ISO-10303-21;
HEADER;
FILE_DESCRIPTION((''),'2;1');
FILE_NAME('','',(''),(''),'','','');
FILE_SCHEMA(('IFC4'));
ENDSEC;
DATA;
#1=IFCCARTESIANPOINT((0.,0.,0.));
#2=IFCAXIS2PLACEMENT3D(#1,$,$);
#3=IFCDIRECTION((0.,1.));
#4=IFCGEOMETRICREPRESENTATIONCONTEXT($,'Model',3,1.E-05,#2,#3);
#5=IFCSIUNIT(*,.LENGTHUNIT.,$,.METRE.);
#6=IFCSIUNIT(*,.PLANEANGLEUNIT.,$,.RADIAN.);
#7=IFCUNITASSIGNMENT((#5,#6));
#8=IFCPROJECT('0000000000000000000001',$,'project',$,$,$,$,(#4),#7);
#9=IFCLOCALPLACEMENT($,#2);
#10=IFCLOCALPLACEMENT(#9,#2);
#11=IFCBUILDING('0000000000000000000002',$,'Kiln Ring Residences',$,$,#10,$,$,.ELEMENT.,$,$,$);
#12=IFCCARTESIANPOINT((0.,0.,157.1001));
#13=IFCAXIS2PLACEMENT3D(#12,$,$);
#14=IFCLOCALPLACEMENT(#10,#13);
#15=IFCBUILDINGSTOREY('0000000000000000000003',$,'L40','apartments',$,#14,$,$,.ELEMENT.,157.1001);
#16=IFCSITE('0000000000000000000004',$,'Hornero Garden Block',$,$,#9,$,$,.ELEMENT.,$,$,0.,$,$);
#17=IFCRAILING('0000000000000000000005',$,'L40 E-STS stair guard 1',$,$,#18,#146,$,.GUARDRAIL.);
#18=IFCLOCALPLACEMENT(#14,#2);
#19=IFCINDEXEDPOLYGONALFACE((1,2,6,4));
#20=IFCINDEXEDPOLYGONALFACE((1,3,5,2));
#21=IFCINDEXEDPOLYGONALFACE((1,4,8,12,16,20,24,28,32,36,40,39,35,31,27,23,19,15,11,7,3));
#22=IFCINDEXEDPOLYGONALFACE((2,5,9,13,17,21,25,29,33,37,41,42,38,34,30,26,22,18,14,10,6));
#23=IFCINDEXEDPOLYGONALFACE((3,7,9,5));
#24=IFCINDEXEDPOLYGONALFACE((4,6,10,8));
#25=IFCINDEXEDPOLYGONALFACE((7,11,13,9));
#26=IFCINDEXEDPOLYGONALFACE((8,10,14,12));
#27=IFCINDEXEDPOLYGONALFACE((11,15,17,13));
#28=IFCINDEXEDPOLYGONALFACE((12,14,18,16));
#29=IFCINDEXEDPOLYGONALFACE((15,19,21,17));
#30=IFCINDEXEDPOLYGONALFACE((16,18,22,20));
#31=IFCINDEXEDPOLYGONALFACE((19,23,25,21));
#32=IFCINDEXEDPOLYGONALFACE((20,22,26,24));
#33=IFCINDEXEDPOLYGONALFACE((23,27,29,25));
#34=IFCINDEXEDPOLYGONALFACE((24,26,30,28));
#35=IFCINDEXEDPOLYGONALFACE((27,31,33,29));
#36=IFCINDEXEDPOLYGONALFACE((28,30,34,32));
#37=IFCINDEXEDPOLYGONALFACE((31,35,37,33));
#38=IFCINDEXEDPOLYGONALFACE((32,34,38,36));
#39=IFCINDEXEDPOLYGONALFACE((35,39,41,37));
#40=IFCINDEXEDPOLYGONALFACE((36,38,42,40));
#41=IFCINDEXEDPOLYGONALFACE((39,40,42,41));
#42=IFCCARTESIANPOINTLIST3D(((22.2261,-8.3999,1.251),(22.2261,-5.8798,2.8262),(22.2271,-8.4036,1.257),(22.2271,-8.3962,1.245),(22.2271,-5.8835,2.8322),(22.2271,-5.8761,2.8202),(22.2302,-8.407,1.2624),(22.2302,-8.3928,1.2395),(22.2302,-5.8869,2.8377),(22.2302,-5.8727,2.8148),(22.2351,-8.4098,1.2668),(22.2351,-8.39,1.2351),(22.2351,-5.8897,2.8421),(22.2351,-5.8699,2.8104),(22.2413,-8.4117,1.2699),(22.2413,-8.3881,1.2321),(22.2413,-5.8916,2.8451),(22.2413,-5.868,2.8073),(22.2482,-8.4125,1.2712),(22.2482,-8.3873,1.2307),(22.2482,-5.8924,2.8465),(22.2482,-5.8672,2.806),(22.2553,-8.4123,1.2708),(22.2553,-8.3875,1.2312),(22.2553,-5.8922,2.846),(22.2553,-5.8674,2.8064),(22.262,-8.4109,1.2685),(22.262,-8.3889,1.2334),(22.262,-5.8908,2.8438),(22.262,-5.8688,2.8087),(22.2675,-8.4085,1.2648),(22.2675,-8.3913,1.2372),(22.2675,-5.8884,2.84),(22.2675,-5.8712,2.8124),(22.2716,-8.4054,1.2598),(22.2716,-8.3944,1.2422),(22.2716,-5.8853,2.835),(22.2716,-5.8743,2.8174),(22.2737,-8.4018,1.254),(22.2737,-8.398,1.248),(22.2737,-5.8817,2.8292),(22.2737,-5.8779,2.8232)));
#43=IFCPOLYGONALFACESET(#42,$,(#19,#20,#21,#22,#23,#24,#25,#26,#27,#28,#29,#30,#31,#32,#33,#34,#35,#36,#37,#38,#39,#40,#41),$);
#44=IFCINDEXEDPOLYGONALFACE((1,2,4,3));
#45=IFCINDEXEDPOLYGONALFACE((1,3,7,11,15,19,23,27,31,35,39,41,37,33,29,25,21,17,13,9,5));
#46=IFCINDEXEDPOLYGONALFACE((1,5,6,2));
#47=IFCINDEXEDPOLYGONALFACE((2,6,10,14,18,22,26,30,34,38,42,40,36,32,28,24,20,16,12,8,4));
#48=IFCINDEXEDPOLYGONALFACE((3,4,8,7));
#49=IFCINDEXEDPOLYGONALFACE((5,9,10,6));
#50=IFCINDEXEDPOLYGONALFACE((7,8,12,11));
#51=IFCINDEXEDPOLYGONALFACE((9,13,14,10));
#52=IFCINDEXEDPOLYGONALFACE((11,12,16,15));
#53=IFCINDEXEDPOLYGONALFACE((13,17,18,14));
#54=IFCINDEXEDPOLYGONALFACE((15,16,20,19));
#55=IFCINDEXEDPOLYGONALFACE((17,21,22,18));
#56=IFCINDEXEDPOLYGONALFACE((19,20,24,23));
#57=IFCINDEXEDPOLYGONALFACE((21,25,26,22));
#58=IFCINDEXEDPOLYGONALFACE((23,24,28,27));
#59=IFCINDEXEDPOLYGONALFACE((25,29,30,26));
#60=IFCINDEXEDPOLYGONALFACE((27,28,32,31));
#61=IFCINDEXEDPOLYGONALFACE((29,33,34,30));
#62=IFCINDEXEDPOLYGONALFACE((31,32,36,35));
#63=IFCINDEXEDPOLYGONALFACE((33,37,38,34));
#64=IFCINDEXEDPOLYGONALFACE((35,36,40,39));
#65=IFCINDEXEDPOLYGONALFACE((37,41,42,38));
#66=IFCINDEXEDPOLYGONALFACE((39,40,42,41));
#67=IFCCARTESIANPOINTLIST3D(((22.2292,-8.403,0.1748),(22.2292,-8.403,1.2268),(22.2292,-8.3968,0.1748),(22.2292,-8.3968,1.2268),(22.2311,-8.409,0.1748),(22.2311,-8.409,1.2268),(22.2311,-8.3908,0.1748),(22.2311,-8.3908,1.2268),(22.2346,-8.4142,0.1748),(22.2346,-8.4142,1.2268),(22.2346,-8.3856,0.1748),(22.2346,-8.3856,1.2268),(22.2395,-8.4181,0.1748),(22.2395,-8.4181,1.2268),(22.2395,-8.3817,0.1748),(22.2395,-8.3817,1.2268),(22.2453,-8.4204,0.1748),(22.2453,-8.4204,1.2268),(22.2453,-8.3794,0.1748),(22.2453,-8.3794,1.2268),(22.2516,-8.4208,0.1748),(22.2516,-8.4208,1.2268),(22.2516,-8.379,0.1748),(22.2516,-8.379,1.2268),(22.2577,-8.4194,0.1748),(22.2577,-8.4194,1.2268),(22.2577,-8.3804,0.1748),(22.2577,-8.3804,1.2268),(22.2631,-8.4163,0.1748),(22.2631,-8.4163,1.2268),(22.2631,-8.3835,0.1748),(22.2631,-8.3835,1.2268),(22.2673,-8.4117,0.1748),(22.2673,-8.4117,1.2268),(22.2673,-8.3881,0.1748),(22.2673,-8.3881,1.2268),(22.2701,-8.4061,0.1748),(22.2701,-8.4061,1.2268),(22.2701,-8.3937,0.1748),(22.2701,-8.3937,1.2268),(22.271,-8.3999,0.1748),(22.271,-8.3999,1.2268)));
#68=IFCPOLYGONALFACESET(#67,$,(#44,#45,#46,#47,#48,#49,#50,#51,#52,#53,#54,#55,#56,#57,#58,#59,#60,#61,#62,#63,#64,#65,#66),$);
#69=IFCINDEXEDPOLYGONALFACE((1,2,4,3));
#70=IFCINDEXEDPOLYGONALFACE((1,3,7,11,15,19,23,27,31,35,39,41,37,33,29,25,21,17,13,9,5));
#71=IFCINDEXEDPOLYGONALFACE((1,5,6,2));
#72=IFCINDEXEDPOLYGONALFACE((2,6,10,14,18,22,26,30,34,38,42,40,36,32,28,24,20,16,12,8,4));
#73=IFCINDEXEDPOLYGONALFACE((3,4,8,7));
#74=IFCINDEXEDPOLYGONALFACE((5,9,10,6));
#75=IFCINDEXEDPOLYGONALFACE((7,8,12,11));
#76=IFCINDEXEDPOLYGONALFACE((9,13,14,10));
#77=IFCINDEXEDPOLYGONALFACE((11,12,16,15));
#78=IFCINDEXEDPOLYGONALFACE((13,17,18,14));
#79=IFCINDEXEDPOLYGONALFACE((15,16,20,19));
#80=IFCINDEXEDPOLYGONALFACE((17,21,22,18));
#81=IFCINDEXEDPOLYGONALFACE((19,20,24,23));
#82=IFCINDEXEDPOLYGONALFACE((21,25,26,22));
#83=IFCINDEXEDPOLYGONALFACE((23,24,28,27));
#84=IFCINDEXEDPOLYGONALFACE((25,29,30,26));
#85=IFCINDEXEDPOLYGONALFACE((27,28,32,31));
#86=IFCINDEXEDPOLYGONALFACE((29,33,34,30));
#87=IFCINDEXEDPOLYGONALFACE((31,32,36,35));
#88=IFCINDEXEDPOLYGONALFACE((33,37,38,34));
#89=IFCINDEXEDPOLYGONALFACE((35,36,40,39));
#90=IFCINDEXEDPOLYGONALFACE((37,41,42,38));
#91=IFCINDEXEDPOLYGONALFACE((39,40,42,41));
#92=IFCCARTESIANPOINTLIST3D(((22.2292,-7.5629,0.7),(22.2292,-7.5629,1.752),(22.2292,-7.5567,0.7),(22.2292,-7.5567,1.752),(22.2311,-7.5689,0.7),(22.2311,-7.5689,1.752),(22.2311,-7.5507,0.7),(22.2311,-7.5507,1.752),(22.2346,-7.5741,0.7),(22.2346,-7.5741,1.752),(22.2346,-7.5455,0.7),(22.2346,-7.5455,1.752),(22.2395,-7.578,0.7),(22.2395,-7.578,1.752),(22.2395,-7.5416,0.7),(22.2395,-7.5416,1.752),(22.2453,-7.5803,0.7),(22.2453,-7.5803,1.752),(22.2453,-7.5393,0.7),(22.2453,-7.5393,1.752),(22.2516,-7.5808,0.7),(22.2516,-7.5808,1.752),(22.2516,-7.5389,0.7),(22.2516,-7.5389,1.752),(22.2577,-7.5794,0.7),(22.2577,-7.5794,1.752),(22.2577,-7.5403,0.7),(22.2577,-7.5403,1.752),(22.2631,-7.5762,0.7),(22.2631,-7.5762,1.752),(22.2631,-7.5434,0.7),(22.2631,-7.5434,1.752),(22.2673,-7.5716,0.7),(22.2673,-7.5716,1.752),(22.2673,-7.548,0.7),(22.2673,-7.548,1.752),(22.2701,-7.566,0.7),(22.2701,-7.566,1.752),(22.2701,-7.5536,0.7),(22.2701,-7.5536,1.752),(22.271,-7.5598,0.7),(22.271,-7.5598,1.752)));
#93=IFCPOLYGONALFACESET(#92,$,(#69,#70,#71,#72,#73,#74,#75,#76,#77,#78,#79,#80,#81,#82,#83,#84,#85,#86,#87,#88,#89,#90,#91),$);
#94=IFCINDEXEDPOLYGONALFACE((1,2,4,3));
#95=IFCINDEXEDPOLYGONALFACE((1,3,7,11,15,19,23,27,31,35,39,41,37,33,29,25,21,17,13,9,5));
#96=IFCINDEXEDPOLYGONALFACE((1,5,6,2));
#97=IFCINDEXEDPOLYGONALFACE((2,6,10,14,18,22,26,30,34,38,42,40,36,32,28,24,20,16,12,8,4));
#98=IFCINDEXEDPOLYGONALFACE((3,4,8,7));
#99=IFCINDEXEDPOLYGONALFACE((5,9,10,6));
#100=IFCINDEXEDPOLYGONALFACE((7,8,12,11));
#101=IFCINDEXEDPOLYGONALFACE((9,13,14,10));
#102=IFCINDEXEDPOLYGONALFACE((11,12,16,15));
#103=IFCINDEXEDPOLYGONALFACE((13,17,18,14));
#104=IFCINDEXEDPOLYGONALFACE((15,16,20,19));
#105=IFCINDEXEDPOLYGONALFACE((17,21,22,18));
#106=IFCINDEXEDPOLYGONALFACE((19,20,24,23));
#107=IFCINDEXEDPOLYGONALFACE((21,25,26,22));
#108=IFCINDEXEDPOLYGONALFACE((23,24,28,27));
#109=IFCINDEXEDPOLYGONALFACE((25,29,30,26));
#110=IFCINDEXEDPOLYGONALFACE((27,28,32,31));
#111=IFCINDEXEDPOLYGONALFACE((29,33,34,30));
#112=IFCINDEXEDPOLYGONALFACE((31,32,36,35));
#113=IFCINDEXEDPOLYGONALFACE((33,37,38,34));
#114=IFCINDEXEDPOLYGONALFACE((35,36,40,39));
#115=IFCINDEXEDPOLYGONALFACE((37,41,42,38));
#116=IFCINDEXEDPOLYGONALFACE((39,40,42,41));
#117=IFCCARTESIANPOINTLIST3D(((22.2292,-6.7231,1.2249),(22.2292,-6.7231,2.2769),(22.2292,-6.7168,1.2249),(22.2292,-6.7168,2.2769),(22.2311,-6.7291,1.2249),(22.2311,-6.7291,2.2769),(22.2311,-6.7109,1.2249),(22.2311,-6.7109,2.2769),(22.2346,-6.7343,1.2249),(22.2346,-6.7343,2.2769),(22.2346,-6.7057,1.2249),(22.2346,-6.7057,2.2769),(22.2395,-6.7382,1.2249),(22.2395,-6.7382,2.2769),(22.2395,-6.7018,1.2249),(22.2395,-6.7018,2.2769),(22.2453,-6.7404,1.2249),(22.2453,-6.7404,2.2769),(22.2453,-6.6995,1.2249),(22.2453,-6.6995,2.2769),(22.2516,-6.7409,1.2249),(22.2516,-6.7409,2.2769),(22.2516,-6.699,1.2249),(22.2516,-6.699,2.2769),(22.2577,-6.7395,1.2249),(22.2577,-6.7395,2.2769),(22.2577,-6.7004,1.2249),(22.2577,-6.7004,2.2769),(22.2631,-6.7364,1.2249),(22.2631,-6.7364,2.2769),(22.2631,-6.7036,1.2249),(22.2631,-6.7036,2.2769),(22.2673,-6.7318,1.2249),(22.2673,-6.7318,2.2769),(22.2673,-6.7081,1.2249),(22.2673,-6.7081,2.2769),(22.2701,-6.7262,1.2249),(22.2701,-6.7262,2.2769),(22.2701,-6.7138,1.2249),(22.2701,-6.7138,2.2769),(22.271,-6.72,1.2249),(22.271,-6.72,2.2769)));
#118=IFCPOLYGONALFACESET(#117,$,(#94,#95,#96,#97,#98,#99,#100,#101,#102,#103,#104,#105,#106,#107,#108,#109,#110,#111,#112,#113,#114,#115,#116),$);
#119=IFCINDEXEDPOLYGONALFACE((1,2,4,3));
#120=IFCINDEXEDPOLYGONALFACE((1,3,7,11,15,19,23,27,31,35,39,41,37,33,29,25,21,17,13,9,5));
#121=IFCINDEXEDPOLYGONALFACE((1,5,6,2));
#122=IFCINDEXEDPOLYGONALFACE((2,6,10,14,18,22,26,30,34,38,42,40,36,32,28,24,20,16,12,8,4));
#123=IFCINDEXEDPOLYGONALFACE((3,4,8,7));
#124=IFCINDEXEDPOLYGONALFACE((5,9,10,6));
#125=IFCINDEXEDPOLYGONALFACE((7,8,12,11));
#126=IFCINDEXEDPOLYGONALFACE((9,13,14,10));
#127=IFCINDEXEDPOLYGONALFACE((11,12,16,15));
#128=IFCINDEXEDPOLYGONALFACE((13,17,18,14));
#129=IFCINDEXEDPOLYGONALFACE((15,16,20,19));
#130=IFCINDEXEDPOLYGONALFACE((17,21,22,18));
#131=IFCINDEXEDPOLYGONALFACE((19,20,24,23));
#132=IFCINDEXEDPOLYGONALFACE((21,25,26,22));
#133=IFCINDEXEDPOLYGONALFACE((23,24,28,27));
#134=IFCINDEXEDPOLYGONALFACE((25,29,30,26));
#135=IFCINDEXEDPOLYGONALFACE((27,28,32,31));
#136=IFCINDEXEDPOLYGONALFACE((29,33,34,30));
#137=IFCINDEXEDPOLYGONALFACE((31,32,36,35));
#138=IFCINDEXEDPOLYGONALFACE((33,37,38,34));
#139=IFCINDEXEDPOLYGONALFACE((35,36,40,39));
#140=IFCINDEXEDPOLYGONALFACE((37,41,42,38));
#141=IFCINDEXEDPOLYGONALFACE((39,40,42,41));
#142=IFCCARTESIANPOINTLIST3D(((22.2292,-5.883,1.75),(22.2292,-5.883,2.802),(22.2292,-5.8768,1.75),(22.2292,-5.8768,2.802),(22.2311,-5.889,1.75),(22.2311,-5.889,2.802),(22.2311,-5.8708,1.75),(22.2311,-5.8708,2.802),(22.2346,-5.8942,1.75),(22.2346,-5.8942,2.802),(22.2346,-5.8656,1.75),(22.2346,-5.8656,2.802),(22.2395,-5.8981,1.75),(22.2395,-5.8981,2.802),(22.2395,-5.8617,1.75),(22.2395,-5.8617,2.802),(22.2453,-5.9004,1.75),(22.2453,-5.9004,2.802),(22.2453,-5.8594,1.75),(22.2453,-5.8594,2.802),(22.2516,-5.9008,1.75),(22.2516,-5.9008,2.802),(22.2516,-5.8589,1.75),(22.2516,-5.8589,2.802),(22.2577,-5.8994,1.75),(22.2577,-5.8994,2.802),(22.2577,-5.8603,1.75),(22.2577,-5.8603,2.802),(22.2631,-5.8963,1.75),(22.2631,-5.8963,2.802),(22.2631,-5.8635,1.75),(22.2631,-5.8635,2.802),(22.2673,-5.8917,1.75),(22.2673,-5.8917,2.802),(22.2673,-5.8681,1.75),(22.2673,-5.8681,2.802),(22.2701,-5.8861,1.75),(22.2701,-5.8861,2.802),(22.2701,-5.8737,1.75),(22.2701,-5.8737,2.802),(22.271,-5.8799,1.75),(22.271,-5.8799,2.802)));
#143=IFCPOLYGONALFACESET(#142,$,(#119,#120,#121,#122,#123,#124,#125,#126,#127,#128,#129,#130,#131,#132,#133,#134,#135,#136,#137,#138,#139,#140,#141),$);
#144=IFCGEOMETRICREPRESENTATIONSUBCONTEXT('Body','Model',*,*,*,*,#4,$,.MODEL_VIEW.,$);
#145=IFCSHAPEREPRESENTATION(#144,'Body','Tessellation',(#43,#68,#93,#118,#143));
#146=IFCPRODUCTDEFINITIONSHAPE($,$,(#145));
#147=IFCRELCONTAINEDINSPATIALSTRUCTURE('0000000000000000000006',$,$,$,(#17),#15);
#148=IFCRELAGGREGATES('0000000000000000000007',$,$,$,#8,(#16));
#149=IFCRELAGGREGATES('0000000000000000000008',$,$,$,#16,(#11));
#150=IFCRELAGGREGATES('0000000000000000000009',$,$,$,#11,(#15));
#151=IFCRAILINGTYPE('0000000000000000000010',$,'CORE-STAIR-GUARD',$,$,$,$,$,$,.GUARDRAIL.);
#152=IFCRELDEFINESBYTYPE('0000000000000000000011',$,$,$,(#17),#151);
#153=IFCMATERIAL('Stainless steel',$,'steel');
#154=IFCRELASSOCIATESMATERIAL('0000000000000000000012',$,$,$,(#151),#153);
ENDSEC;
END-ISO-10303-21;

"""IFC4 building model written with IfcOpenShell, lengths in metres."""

from ifc_helpers import new_model, si_unit, direction, frame, origin, origin_2d, place, context, subcontext, project, spatial, circle, extrude, material, type_object, element, save


model = new_model("IFC4")

# Units and contexts
model_context = context("Model", 3, precision=1e-05, world=origin(), true_north=direction((0.0, 1.0)))
body_context = subcontext(model_context, "Body", "Model", "MODEL_VIEW")
ifc_project = project(units=[si_unit("LENGTHUNIT", "METRE"), si_unit("PLANEANGLEUNIT", "RADIAN")], contexts=[model_context])

# Site, building, storey
site_placement = place(None, origin())
site = spatial("IfcSite", under=ifc_project, at=site_placement, Name="Hornero Garden Block", CompositionType="ELEMENT", RefElevation=0.0)
building_placement = place(site_placement, origin())
building = spatial("IfcBuilding", under=site, at=building_placement, Name="Kiln Ring Residences", CompositionType="ELEMENT")
storey_placement = place(building_placement, frame((0.0, 0.0, 157.1001)))
storey = spatial("IfcBuildingStorey", under=building, at=storey_placement, Name="L40", Description="apartments", CompositionType="ELEMENT", Elevation=157.1001)

# Railing
ifc_material_1 = material(Name="Stainless steel", Category="steel")
railing_type_1 = type_object("IfcRailingType", Name="CORE-STAIR-GUARD", PredefinedType="GUARDRAIL", material=ifc_material_1)
railing_1_placement = place(storey_placement, frame((22.25, -8.3999, 0.1748)))
element("IfcRailing", 1, at=railing_1_placement, inside=storey, type_object=railing_type_1, Name="L40 E-STS stair guard 1", PredefinedType="GUARDRAIL", context=body_context, shape_type="SweptSolid", body=[
    extrude(circle(Radius=0.0239, at=origin_2d()), frame((0.0, 0.0, 1.0762), z_axis=(0.0, 0.847971, 0.530043), x_axis=(-1.0, 0.0, 0.0)), (0.0, 0.0, 1.0), 2.9719),
    extrude(circle(Radius=0.021, at=origin_2d()), origin(), (0.0, 0.0, 1.0), 1.052),
    extrude(circle(Radius=0.021, at=origin_2d()), frame((0.0, 0.8401, 0.5251)), (0.0, 0.0, 1.0), 1.052),
    extrude(circle(Radius=0.021, at=origin_2d()), frame((0.0, 1.6799, 1.05)), (0.0, 0.0, 1.0), 1.052),
    extrude(circle(Radius=0.021, at=origin_2d()), frame((0.0, 2.52, 1.5752)), (0.0, 0.0, 1.0), 1.052),
])

save(model, "model.ifc")
